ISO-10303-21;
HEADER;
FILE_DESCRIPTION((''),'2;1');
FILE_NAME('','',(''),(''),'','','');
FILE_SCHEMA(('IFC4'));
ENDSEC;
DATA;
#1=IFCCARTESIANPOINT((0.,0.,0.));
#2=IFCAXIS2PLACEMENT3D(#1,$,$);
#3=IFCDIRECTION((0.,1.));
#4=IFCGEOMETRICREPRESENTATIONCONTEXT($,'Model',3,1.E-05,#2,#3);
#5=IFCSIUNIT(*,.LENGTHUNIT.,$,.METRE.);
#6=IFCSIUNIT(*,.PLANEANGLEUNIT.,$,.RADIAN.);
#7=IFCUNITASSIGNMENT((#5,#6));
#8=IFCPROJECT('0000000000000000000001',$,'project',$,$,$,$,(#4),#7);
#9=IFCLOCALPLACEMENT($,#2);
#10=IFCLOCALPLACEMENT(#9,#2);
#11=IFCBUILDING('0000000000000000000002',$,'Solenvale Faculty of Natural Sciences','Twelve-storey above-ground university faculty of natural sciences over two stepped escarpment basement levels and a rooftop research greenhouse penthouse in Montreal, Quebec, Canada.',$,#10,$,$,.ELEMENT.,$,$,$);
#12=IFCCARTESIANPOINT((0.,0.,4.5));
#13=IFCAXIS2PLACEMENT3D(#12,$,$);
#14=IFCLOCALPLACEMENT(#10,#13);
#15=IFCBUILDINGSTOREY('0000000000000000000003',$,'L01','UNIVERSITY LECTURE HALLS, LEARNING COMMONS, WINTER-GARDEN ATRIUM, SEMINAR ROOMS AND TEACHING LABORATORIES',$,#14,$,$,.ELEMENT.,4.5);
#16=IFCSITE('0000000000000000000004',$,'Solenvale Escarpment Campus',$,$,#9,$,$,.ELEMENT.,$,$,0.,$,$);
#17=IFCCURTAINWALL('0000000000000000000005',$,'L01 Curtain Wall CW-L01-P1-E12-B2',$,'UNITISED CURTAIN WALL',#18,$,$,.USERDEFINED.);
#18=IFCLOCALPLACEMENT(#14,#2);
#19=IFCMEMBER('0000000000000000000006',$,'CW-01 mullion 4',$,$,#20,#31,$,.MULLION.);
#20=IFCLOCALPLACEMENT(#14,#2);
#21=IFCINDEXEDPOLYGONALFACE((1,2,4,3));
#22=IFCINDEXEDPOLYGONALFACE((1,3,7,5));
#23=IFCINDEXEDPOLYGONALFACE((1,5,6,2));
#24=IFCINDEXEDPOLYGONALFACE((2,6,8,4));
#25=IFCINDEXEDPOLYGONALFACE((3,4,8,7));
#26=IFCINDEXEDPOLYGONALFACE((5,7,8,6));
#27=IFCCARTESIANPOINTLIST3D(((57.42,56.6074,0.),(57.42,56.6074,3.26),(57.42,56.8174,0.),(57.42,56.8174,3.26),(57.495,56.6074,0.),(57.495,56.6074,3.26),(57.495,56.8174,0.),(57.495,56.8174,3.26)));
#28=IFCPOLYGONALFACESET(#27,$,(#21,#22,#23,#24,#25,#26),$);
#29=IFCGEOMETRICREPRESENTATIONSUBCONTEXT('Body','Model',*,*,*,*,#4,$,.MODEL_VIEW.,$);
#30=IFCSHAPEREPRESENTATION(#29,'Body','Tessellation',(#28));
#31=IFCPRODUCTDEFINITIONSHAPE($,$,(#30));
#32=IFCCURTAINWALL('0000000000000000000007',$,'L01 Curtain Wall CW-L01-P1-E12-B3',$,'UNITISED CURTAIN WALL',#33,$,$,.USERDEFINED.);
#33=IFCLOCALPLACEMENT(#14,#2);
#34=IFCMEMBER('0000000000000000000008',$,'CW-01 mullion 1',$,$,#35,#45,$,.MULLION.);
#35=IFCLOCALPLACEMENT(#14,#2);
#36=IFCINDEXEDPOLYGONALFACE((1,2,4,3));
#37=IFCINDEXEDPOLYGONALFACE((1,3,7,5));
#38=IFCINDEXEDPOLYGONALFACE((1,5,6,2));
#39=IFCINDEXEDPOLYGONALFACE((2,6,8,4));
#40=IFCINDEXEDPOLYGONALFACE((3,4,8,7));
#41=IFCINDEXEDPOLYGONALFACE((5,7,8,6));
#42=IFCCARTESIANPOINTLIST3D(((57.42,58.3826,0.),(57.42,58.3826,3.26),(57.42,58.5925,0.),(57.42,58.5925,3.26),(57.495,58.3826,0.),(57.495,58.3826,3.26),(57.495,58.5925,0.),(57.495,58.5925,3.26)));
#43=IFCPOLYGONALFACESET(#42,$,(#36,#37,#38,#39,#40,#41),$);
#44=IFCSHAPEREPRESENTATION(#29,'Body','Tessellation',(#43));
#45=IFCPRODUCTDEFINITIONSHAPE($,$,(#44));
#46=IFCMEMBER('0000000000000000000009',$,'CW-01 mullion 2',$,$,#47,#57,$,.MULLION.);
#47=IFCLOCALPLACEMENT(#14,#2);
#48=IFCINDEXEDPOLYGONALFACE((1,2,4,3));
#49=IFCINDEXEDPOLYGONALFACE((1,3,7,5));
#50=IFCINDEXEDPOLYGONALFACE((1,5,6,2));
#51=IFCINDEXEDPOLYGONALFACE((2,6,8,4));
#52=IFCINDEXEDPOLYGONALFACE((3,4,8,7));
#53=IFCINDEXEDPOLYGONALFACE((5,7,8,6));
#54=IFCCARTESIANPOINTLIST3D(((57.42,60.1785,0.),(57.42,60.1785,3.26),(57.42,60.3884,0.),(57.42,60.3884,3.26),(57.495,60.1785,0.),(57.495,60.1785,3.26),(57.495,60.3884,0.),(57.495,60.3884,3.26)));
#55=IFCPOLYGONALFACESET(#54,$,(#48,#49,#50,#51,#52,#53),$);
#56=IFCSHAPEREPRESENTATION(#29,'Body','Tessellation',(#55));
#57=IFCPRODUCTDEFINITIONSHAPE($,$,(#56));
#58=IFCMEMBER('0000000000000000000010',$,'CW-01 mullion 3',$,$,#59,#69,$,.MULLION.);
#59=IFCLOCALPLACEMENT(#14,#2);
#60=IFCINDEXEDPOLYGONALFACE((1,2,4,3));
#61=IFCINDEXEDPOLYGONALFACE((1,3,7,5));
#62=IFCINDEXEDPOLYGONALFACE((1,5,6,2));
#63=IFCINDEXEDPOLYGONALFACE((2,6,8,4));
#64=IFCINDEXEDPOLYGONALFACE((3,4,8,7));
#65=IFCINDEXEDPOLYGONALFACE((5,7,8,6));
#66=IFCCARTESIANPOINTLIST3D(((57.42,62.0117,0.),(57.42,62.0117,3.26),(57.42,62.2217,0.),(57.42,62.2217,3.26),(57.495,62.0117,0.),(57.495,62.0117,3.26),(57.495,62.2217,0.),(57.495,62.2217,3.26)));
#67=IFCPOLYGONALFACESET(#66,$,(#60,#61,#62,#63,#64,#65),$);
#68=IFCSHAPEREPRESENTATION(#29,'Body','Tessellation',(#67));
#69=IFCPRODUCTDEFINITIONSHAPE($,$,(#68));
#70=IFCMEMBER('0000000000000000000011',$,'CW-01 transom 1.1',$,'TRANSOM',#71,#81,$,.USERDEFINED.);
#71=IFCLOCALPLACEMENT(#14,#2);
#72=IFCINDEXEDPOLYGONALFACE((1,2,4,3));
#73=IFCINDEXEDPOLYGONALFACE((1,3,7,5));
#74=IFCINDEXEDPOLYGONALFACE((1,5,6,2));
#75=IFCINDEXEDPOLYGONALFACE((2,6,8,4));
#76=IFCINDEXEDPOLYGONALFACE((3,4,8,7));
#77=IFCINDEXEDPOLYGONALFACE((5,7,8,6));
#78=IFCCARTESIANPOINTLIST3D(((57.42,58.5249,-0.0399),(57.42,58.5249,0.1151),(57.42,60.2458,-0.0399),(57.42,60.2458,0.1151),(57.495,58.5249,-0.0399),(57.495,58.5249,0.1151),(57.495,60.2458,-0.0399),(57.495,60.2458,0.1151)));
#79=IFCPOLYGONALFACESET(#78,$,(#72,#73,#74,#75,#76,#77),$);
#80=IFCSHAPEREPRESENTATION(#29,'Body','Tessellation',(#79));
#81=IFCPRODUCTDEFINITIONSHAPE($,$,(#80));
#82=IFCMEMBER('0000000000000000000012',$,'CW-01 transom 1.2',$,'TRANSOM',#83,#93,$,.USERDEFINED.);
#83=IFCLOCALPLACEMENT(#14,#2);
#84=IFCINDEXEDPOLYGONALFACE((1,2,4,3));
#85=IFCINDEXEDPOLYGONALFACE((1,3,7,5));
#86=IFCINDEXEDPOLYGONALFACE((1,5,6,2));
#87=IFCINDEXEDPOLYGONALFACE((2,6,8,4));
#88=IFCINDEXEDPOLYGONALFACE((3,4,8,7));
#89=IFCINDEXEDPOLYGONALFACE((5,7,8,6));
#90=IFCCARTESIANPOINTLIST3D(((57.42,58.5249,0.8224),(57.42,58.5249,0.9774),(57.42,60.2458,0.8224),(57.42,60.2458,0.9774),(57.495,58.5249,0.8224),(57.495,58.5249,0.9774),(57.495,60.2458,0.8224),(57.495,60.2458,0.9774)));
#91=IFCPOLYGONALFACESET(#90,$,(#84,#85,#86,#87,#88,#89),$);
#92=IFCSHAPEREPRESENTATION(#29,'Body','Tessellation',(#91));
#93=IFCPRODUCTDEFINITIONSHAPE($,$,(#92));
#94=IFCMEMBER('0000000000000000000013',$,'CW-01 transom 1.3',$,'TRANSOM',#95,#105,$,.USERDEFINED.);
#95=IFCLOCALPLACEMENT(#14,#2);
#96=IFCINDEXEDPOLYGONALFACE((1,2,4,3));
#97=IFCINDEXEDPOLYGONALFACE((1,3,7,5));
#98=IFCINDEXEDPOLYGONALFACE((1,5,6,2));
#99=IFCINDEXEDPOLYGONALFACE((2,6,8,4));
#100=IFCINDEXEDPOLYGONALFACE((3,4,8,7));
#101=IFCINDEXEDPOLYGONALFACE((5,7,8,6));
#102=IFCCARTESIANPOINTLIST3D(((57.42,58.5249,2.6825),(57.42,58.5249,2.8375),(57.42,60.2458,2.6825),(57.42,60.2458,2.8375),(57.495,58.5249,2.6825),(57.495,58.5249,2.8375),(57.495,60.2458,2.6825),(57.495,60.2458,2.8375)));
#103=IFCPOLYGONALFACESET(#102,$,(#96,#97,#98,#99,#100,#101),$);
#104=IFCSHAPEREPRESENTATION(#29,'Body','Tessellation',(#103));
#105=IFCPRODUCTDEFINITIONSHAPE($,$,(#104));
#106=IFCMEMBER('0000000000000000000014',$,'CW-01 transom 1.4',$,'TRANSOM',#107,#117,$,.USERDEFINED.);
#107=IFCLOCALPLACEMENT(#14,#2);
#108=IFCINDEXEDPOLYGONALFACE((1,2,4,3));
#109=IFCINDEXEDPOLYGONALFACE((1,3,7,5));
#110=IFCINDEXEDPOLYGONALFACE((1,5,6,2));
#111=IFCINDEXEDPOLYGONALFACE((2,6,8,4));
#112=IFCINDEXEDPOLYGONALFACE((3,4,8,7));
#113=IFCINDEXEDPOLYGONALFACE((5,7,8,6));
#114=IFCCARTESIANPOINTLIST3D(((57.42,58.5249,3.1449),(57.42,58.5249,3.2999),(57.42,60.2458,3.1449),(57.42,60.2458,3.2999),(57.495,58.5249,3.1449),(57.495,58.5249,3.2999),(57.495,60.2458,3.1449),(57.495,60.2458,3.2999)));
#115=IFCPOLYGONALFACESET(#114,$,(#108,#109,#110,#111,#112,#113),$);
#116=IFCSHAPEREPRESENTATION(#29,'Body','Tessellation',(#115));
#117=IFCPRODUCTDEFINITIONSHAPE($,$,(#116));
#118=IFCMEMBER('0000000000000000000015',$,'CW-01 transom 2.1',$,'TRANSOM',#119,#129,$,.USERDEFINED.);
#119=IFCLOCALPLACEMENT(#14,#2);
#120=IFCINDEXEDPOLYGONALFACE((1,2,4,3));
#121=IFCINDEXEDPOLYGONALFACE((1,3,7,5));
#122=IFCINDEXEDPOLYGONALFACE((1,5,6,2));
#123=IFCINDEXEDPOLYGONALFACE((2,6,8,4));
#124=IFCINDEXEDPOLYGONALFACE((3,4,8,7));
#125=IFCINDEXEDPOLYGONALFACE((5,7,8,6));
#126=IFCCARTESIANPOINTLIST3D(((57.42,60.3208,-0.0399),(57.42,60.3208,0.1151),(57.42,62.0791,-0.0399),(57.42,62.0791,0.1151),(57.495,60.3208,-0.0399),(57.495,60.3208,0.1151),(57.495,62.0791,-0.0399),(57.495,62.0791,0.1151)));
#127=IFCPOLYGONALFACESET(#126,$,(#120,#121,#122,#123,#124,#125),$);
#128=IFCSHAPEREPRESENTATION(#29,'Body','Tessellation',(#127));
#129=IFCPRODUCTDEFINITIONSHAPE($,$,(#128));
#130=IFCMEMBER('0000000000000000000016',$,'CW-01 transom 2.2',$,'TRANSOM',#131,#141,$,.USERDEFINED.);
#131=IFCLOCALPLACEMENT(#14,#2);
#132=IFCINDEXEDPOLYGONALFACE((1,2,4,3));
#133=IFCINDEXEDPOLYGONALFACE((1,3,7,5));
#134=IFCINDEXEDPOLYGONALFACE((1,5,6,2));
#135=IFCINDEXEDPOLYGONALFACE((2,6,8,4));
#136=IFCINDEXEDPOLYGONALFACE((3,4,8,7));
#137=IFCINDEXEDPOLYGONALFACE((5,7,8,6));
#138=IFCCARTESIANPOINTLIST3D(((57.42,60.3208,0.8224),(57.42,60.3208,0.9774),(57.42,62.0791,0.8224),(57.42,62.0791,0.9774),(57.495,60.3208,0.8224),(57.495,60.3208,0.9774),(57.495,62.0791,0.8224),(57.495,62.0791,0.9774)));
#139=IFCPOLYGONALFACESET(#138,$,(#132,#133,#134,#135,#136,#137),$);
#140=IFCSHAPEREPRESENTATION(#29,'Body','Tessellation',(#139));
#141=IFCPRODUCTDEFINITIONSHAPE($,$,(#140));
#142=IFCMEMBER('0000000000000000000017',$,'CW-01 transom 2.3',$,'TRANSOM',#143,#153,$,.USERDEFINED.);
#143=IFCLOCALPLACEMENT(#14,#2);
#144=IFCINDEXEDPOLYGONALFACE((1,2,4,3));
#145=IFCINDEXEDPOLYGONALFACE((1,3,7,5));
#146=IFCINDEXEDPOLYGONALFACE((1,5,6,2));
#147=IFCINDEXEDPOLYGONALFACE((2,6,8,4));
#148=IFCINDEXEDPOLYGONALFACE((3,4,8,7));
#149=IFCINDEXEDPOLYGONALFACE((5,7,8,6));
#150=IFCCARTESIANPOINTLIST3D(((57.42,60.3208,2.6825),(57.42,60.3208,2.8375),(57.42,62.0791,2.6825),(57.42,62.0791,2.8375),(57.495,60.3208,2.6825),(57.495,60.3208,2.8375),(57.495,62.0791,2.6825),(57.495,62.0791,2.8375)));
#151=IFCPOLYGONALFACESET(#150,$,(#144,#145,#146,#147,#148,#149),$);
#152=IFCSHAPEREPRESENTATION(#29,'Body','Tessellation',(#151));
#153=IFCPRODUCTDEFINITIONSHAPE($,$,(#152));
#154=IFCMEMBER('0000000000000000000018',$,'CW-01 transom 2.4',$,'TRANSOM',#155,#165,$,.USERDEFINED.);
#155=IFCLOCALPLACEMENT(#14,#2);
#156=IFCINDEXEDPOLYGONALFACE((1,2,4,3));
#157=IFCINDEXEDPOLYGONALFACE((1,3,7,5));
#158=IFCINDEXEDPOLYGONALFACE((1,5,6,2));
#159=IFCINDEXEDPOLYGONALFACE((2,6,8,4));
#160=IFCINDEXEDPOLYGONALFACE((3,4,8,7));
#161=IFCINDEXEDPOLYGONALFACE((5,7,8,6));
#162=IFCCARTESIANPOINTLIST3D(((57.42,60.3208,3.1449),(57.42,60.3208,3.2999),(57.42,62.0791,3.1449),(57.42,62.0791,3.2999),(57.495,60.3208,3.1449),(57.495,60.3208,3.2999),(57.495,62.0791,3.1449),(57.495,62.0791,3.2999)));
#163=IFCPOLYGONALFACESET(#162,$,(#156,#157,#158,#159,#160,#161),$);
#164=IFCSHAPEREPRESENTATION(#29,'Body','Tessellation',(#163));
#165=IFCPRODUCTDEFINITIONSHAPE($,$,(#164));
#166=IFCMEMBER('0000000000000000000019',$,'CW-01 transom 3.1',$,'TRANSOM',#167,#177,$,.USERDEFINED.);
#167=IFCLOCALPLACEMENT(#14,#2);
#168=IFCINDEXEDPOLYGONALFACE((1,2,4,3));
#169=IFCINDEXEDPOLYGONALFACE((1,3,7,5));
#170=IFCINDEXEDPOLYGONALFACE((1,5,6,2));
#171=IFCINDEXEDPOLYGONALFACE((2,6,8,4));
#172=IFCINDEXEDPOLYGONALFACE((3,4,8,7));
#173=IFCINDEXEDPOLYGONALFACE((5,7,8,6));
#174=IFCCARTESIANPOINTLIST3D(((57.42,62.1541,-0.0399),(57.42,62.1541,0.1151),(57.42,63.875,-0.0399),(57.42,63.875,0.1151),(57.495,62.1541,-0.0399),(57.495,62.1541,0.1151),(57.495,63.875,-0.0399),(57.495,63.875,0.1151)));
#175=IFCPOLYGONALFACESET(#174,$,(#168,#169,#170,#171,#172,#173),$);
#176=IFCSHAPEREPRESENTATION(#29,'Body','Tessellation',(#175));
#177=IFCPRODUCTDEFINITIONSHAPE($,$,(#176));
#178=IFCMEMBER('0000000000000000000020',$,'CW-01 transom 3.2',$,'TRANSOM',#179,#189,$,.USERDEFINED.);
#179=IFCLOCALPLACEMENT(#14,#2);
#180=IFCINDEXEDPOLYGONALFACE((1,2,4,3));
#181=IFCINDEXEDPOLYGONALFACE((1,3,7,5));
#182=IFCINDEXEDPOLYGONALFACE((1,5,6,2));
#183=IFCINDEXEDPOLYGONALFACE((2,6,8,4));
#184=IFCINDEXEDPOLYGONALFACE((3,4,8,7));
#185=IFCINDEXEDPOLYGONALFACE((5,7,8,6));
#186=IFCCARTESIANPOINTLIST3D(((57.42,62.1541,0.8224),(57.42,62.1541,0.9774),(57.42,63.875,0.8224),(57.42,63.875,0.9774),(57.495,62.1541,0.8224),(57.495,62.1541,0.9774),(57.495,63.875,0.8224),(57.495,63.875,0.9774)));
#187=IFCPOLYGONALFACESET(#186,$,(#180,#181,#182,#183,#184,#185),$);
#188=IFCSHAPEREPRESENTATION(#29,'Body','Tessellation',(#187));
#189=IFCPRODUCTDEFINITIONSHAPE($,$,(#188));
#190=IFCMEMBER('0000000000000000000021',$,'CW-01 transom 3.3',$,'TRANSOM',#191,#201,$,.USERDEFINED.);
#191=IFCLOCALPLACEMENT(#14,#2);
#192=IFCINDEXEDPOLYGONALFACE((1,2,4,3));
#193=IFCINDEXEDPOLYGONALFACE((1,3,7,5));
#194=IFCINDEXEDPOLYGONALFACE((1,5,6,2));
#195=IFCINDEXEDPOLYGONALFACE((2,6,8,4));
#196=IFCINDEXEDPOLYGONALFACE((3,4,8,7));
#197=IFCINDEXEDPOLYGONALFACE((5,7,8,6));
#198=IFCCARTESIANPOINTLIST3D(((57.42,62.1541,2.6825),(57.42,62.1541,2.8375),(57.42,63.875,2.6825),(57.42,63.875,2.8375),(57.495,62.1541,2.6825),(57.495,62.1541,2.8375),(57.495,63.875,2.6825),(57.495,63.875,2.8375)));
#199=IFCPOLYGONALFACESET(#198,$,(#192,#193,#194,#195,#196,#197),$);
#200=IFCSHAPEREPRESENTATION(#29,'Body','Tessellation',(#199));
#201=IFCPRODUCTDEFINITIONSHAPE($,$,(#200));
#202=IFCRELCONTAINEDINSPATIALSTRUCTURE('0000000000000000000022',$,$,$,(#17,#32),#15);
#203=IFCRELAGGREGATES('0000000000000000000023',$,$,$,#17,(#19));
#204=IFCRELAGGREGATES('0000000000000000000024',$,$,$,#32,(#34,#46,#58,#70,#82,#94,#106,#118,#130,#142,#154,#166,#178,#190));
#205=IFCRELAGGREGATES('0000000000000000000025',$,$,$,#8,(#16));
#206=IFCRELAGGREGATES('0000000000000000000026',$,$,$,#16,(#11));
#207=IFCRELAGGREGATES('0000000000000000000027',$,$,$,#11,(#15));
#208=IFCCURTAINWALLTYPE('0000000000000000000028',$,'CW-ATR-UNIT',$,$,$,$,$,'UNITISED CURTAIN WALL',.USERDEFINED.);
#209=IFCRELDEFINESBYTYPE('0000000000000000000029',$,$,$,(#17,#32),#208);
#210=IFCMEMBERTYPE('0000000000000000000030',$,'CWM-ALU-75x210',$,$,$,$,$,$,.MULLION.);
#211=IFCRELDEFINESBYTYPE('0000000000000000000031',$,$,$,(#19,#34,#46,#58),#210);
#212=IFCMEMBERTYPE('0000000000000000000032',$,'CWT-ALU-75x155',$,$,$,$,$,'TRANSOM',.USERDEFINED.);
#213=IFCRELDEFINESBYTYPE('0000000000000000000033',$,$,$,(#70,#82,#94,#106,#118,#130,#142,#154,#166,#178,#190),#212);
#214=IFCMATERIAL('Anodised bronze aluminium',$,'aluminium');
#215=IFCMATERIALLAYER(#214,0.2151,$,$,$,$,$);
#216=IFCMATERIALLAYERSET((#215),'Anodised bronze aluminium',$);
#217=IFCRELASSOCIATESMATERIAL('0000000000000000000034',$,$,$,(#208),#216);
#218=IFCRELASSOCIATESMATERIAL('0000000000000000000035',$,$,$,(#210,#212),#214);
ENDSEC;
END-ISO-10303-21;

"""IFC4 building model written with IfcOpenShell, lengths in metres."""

from ifc_helpers import new_model, si_unit, direction, frame, origin, origin_2d, place, context, subcontext, project, spatial, rectangle, extrude, material, layer, layer_set, material_profile, profile_set, type_object, element, aggregate, save


model = new_model("IFC4")

# Units and contexts
model_context = context("Model", 3, precision=1e-05, world=origin(), true_north=direction((0.0, 1.0)))
body_context = subcontext(model_context, "Body", "Model", "MODEL_VIEW")
ifc_project = project(units=[si_unit("LENGTHUNIT", "METRE"), si_unit("PLANEANGLEUNIT", "RADIAN")], contexts=[model_context])

# Site, building, storey
site_placement = place(None, origin())
site = spatial("IfcSite", under=ifc_project, at=site_placement, Name="Solenvale Escarpment Campus", CompositionType="ELEMENT", RefElevation=0.0)
building_placement = place(site_placement, origin())
building = spatial("IfcBuilding", under=site, at=building_placement, Name="Solenvale Faculty of Natural Sciences", Description="Twelve-storey above-ground university faculty of natural sciences over two stepped escarpment basement levels and a rooftop research greenhouse penthouse in Montreal, Quebec, Canada.", CompositionType="ELEMENT")
storey_placement = place(building_placement, frame((0.0, 0.0, 4.5)))
storey = spatial("IfcBuildingStorey", under=building, at=storey_placement, Name="L01", Description="UNIVERSITY LECTURE HALLS, LEARNING COMMONS, WINTER-GARDEN ATRIUM, SEMINAR ROOMS AND TEACHING LABORATORIES", CompositionType="ELEMENT", Elevation=4.5)

# Curtain wall, member
ifc_material_1 = material(Name="Anodised bronze aluminium", Category="aluminium")
ifc_layer_1 = layer(ifc_material_1, 0.2151)
ifc_layer_set_1 = layer_set([ifc_layer_1], Name="Anodised bronze aluminium")
curtain_wall_type = type_object("IfcCurtainWallType", Name="CW-ATR-UNIT", ElementType="UNITISED CURTAIN WALL", PredefinedType="USERDEFINED", material=ifc_layer_set_1)
curtain_wall_1_placement = place(storey_placement, origin())
curtain_wall_1 = element("IfcCurtainWall", 1, at=curtain_wall_1_placement, inside=storey, type_object=curtain_wall_type, Name="L01 Curtain Wall CW-L01-P1-E12-B2", ObjectType="UNITISED CURTAIN WALL", PredefinedType="USERDEFINED")
ifc_material_profile_1 = material_profile(ifc_material_1, rectangle(XDim=0.075, YDim=0.21, at=origin_2d()), Name="ALU-MUL-75x210")
ifc_profile_set_1 = profile_set([ifc_material_profile_1], Name="Anodised bronze aluminium")
member_type_1 = type_object("IfcMemberType", Name="CWM-ALU-75x210", PredefinedType="MULLION", material=ifc_profile_set_1)
member_1_placement = place(storey_placement, frame((57.4575, 56.7124, 0.0), z_axis=(0.0, 0.0, 1.0), x_axis=(-1.0, 0.0, 0.0)))
member_1 = element("IfcMember", 2, at=member_1_placement, type_object=member_type_1, Name="CW-01 mullion 4", PredefinedType="MULLION", context=body_context, shape_type="SweptSolid", body=[
    extrude(rectangle(XDim=0.075, YDim=0.21, at=origin_2d()), origin(), (0.0, 0.0, 1.0), 3.26),
])

# Curtain wall, members
curtain_wall_2_placement = place(storey_placement, origin())
curtain_wall_2 = element("IfcCurtainWall", 3, at=curtain_wall_2_placement, inside=storey, type_object=curtain_wall_type, Name="L01 Curtain Wall CW-L01-P1-E12-B3", ObjectType="UNITISED CURTAIN WALL", PredefinedType="USERDEFINED")
member_2_placement = place(storey_placement, frame((57.4575, 58.4875, 0.0), z_axis=(0.0, 0.0, 1.0), x_axis=(-1.0, 0.0, 0.0)))
member_2 = element("IfcMember", 4, at=member_2_placement, type_object=member_type_1, Name="CW-01 mullion 1", PredefinedType="MULLION", context=body_context, shape_type="SweptSolid", body=[
    extrude(rectangle(XDim=0.075, YDim=0.21, at=origin_2d()), origin(), (0.0, 0.0, 1.0), 3.26),
])
member_3_placement = place(storey_placement, frame((57.4575, 60.2834, 0.0), z_axis=(0.0, 0.0, 1.0), x_axis=(-1.0, 0.0, 0.0)))
member_3 = element("IfcMember", 5, at=member_3_placement, type_object=member_type_1, Name="CW-01 mullion 2", PredefinedType="MULLION", context=body_context, shape_type="SweptSolid", body=[
    extrude(rectangle(XDim=0.075, YDim=0.21, at=origin_2d()), origin(), (0.0, 0.0, 1.0), 3.26),
])
member_4_placement = place(storey_placement, frame((57.4575, 62.1167, 0.0), z_axis=(0.0, 0.0, 1.0), x_axis=(-1.0, 0.0, 0.0)))
member_4 = element("IfcMember", 6, at=member_4_placement, type_object=member_type_1, Name="CW-01 mullion 3", PredefinedType="MULLION", context=body_context, shape_type="SweptSolid", body=[
    extrude(rectangle(XDim=0.075, YDim=0.21, at=origin_2d()), origin(), (0.0, 0.0, 1.0), 3.26),
])
ifc_material_profile_2 = material_profile(ifc_material_1, rectangle(XDim=0.075, YDim=0.155, at=origin_2d()), Name="ALU-TRN-75x155")
ifc_profile_set_2 = profile_set([ifc_material_profile_2], Name="Anodised bronze aluminium")
member_type_2 = type_object("IfcMemberType", Name="CWT-ALU-75x155", ElementType="TRANSOM", PredefinedType="USERDEFINED", material=ifc_profile_set_2)
member_5_placement = place(storey_placement, frame((57.4575, 58.5249, 0.0376), z_axis=(0.0, 1.0, 0.0), x_axis=(-1.0, 0.0, 0.0)))
member_5 = element("IfcMember", 7, at=member_5_placement, type_object=member_type_2, Name="CW-01 transom 1.1", ObjectType="TRANSOM", PredefinedType="USERDEFINED", context=body_context, shape_type="SweptSolid", body=[
    extrude(rectangle(XDim=0.075, YDim=0.155, at=origin_2d()), origin(), (0.0, 0.0, 1.0), 1.7209),
])
member_6_placement = place(storey_placement, frame((57.4575, 58.5249, 0.8999), z_axis=(0.0, 1.0, 0.0), x_axis=(-1.0, 0.0, 0.0)))
member_6 = element("IfcMember", 8, at=member_6_placement, type_object=member_type_2, Name="CW-01 transom 1.2", ObjectType="TRANSOM", PredefinedType="USERDEFINED", context=body_context, shape_type="SweptSolid", body=[
    extrude(rectangle(XDim=0.075, YDim=0.155, at=origin_2d()), origin(), (0.0, 0.0, 1.0), 1.7209),
])
member_7_placement = place(storey_placement, frame((57.4575, 58.5249, 2.76), z_axis=(0.0, 1.0, 0.0), x_axis=(-1.0, 0.0, 0.0)))
member_7 = element("IfcMember", 9, at=member_7_placement, type_object=member_type_2, Name="CW-01 transom 1.3", ObjectType="TRANSOM", PredefinedType="USERDEFINED", context=body_context, shape_type="SweptSolid", body=[
    extrude(rectangle(XDim=0.075, YDim=0.155, at=origin_2d()), origin(), (0.0, 0.0, 1.0), 1.7209),
])
member_8_placement = place(storey_placement, frame((57.4575, 58.5249, 3.2224), z_axis=(0.0, 1.0, 0.0), x_axis=(-1.0, 0.0, 0.0)))
member_8 = element("IfcMember", 10, at=member_8_placement, type_object=member_type_2, Name="CW-01 transom 1.4", ObjectType="TRANSOM", PredefinedType="USERDEFINED", context=body_context, shape_type="SweptSolid", body=[
    extrude(rectangle(XDim=0.075, YDim=0.155, at=origin_2d()), origin(), (0.0, 0.0, 1.0), 1.7209),
])
member_9_placement = place(storey_placement, frame((57.4575, 60.3208, 0.0376), z_axis=(0.0, 1.0, 0.0), x_axis=(-1.0, 0.0, 0.0)))
member_9 = element("IfcMember", 11, at=member_9_placement, type_object=member_type_2, Name="CW-01 transom 2.1", ObjectType="TRANSOM", PredefinedType="USERDEFINED", context=body_context, shape_type="SweptSolid", body=[
    extrude(rectangle(XDim=0.075, YDim=0.155, at=origin_2d()), origin(), (0.0, 0.0, 1.0), 1.7583),
])
member_10_placement = place(storey_placement, frame((57.4575, 60.3208, 0.8999), z_axis=(0.0, 1.0, 0.0), x_axis=(-1.0, 0.0, 0.0)))
member_10 = element("IfcMember", 12, at=member_10_placement, type_object=member_type_2, Name="CW-01 transom 2.2", ObjectType="TRANSOM", PredefinedType="USERDEFINED", context=body_context, shape_type="SweptSolid", body=[
    extrude(rectangle(XDim=0.075, YDim=0.155, at=origin_2d()), origin(), (0.0, 0.0, 1.0), 1.7583),
])
member_11_placement = place(storey_placement, frame((57.4575, 60.3208, 2.76), z_axis=(0.0, 1.0, 0.0), x_axis=(-1.0, 0.0, 0.0)))
member_11 = element("IfcMember", 13, at=member_11_placement, type_object=member_type_2, Name="CW-01 transom 2.3", ObjectType="TRANSOM", PredefinedType="USERDEFINED", context=body_context, shape_type="SweptSolid", body=[
    extrude(rectangle(XDim=0.075, YDim=0.155, at=origin_2d()), origin(), (0.0, 0.0, 1.0), 1.7583),
])
member_12_placement = place(storey_placement, frame((57.4575, 60.3208, 3.2224), z_axis=(0.0, 1.0, 0.0), x_axis=(-1.0, 0.0, 0.0)))
member_12 = element("IfcMember", 14, at=member_12_placement, type_object=member_type_2, Name="CW-01 transom 2.4", ObjectType="TRANSOM", PredefinedType="USERDEFINED", context=body_context, shape_type="SweptSolid", body=[
    extrude(rectangle(XDim=0.075, YDim=0.155, at=origin_2d()), origin(), (0.0, 0.0, 1.0), 1.7583),
])
member_13_placement = place(storey_placement, frame((57.4575, 62.1541, 0.0376), z_axis=(0.0, 1.0, 0.0), x_axis=(-1.0, 0.0, 0.0)))
member_13 = element("IfcMember", 15, at=member_13_placement, type_object=member_type_2, Name="CW-01 transom 3.1", ObjectType="TRANSOM", PredefinedType="USERDEFINED", context=body_context, shape_type="SweptSolid", body=[
    extrude(rectangle(XDim=0.075, YDim=0.155, at=origin_2d()), origin(), (0.0, 0.0, 1.0), 1.7209),
])
member_14_placement = place(storey_placement, frame((57.4575, 62.1541, 0.8999), z_axis=(0.0, 1.0, 0.0), x_axis=(-1.0, 0.0, 0.0)))
member_14 = element("IfcMember", 16, at=member_14_placement, type_object=member_type_2, Name="CW-01 transom 3.2", ObjectType="TRANSOM", PredefinedType="USERDEFINED", context=body_context, shape_type="SweptSolid", body=[
    extrude(rectangle(XDim=0.075, YDim=0.155, at=origin_2d()), origin(), (0.0, 0.0, 1.0), 1.7209),
])
member_15_placement = place(storey_placement, frame((57.4575, 62.1541, 2.76), z_axis=(0.0, 1.0, 0.0), x_axis=(-1.0, 0.0, 0.0)))
member_15 = element("IfcMember", 17, at=member_15_placement, type_object=member_type_2, Name="CW-01 transom 3.3", ObjectType="TRANSOM", PredefinedType="USERDEFINED", context=body_context, shape_type="SweptSolid", body=[
    extrude(rectangle(XDim=0.075, YDim=0.155, at=origin_2d()), origin(), (0.0, 0.0, 1.0), 1.7209),
])

aggregate(curtain_wall_1, [member_1])
aggregate(curtain_wall_2, [member_2, member_3, member_4, member_5, member_6, member_7, member_8, member_9, member_10, member_11, member_12, member_13, member_14, member_15])

save(model, "model.ifc")
